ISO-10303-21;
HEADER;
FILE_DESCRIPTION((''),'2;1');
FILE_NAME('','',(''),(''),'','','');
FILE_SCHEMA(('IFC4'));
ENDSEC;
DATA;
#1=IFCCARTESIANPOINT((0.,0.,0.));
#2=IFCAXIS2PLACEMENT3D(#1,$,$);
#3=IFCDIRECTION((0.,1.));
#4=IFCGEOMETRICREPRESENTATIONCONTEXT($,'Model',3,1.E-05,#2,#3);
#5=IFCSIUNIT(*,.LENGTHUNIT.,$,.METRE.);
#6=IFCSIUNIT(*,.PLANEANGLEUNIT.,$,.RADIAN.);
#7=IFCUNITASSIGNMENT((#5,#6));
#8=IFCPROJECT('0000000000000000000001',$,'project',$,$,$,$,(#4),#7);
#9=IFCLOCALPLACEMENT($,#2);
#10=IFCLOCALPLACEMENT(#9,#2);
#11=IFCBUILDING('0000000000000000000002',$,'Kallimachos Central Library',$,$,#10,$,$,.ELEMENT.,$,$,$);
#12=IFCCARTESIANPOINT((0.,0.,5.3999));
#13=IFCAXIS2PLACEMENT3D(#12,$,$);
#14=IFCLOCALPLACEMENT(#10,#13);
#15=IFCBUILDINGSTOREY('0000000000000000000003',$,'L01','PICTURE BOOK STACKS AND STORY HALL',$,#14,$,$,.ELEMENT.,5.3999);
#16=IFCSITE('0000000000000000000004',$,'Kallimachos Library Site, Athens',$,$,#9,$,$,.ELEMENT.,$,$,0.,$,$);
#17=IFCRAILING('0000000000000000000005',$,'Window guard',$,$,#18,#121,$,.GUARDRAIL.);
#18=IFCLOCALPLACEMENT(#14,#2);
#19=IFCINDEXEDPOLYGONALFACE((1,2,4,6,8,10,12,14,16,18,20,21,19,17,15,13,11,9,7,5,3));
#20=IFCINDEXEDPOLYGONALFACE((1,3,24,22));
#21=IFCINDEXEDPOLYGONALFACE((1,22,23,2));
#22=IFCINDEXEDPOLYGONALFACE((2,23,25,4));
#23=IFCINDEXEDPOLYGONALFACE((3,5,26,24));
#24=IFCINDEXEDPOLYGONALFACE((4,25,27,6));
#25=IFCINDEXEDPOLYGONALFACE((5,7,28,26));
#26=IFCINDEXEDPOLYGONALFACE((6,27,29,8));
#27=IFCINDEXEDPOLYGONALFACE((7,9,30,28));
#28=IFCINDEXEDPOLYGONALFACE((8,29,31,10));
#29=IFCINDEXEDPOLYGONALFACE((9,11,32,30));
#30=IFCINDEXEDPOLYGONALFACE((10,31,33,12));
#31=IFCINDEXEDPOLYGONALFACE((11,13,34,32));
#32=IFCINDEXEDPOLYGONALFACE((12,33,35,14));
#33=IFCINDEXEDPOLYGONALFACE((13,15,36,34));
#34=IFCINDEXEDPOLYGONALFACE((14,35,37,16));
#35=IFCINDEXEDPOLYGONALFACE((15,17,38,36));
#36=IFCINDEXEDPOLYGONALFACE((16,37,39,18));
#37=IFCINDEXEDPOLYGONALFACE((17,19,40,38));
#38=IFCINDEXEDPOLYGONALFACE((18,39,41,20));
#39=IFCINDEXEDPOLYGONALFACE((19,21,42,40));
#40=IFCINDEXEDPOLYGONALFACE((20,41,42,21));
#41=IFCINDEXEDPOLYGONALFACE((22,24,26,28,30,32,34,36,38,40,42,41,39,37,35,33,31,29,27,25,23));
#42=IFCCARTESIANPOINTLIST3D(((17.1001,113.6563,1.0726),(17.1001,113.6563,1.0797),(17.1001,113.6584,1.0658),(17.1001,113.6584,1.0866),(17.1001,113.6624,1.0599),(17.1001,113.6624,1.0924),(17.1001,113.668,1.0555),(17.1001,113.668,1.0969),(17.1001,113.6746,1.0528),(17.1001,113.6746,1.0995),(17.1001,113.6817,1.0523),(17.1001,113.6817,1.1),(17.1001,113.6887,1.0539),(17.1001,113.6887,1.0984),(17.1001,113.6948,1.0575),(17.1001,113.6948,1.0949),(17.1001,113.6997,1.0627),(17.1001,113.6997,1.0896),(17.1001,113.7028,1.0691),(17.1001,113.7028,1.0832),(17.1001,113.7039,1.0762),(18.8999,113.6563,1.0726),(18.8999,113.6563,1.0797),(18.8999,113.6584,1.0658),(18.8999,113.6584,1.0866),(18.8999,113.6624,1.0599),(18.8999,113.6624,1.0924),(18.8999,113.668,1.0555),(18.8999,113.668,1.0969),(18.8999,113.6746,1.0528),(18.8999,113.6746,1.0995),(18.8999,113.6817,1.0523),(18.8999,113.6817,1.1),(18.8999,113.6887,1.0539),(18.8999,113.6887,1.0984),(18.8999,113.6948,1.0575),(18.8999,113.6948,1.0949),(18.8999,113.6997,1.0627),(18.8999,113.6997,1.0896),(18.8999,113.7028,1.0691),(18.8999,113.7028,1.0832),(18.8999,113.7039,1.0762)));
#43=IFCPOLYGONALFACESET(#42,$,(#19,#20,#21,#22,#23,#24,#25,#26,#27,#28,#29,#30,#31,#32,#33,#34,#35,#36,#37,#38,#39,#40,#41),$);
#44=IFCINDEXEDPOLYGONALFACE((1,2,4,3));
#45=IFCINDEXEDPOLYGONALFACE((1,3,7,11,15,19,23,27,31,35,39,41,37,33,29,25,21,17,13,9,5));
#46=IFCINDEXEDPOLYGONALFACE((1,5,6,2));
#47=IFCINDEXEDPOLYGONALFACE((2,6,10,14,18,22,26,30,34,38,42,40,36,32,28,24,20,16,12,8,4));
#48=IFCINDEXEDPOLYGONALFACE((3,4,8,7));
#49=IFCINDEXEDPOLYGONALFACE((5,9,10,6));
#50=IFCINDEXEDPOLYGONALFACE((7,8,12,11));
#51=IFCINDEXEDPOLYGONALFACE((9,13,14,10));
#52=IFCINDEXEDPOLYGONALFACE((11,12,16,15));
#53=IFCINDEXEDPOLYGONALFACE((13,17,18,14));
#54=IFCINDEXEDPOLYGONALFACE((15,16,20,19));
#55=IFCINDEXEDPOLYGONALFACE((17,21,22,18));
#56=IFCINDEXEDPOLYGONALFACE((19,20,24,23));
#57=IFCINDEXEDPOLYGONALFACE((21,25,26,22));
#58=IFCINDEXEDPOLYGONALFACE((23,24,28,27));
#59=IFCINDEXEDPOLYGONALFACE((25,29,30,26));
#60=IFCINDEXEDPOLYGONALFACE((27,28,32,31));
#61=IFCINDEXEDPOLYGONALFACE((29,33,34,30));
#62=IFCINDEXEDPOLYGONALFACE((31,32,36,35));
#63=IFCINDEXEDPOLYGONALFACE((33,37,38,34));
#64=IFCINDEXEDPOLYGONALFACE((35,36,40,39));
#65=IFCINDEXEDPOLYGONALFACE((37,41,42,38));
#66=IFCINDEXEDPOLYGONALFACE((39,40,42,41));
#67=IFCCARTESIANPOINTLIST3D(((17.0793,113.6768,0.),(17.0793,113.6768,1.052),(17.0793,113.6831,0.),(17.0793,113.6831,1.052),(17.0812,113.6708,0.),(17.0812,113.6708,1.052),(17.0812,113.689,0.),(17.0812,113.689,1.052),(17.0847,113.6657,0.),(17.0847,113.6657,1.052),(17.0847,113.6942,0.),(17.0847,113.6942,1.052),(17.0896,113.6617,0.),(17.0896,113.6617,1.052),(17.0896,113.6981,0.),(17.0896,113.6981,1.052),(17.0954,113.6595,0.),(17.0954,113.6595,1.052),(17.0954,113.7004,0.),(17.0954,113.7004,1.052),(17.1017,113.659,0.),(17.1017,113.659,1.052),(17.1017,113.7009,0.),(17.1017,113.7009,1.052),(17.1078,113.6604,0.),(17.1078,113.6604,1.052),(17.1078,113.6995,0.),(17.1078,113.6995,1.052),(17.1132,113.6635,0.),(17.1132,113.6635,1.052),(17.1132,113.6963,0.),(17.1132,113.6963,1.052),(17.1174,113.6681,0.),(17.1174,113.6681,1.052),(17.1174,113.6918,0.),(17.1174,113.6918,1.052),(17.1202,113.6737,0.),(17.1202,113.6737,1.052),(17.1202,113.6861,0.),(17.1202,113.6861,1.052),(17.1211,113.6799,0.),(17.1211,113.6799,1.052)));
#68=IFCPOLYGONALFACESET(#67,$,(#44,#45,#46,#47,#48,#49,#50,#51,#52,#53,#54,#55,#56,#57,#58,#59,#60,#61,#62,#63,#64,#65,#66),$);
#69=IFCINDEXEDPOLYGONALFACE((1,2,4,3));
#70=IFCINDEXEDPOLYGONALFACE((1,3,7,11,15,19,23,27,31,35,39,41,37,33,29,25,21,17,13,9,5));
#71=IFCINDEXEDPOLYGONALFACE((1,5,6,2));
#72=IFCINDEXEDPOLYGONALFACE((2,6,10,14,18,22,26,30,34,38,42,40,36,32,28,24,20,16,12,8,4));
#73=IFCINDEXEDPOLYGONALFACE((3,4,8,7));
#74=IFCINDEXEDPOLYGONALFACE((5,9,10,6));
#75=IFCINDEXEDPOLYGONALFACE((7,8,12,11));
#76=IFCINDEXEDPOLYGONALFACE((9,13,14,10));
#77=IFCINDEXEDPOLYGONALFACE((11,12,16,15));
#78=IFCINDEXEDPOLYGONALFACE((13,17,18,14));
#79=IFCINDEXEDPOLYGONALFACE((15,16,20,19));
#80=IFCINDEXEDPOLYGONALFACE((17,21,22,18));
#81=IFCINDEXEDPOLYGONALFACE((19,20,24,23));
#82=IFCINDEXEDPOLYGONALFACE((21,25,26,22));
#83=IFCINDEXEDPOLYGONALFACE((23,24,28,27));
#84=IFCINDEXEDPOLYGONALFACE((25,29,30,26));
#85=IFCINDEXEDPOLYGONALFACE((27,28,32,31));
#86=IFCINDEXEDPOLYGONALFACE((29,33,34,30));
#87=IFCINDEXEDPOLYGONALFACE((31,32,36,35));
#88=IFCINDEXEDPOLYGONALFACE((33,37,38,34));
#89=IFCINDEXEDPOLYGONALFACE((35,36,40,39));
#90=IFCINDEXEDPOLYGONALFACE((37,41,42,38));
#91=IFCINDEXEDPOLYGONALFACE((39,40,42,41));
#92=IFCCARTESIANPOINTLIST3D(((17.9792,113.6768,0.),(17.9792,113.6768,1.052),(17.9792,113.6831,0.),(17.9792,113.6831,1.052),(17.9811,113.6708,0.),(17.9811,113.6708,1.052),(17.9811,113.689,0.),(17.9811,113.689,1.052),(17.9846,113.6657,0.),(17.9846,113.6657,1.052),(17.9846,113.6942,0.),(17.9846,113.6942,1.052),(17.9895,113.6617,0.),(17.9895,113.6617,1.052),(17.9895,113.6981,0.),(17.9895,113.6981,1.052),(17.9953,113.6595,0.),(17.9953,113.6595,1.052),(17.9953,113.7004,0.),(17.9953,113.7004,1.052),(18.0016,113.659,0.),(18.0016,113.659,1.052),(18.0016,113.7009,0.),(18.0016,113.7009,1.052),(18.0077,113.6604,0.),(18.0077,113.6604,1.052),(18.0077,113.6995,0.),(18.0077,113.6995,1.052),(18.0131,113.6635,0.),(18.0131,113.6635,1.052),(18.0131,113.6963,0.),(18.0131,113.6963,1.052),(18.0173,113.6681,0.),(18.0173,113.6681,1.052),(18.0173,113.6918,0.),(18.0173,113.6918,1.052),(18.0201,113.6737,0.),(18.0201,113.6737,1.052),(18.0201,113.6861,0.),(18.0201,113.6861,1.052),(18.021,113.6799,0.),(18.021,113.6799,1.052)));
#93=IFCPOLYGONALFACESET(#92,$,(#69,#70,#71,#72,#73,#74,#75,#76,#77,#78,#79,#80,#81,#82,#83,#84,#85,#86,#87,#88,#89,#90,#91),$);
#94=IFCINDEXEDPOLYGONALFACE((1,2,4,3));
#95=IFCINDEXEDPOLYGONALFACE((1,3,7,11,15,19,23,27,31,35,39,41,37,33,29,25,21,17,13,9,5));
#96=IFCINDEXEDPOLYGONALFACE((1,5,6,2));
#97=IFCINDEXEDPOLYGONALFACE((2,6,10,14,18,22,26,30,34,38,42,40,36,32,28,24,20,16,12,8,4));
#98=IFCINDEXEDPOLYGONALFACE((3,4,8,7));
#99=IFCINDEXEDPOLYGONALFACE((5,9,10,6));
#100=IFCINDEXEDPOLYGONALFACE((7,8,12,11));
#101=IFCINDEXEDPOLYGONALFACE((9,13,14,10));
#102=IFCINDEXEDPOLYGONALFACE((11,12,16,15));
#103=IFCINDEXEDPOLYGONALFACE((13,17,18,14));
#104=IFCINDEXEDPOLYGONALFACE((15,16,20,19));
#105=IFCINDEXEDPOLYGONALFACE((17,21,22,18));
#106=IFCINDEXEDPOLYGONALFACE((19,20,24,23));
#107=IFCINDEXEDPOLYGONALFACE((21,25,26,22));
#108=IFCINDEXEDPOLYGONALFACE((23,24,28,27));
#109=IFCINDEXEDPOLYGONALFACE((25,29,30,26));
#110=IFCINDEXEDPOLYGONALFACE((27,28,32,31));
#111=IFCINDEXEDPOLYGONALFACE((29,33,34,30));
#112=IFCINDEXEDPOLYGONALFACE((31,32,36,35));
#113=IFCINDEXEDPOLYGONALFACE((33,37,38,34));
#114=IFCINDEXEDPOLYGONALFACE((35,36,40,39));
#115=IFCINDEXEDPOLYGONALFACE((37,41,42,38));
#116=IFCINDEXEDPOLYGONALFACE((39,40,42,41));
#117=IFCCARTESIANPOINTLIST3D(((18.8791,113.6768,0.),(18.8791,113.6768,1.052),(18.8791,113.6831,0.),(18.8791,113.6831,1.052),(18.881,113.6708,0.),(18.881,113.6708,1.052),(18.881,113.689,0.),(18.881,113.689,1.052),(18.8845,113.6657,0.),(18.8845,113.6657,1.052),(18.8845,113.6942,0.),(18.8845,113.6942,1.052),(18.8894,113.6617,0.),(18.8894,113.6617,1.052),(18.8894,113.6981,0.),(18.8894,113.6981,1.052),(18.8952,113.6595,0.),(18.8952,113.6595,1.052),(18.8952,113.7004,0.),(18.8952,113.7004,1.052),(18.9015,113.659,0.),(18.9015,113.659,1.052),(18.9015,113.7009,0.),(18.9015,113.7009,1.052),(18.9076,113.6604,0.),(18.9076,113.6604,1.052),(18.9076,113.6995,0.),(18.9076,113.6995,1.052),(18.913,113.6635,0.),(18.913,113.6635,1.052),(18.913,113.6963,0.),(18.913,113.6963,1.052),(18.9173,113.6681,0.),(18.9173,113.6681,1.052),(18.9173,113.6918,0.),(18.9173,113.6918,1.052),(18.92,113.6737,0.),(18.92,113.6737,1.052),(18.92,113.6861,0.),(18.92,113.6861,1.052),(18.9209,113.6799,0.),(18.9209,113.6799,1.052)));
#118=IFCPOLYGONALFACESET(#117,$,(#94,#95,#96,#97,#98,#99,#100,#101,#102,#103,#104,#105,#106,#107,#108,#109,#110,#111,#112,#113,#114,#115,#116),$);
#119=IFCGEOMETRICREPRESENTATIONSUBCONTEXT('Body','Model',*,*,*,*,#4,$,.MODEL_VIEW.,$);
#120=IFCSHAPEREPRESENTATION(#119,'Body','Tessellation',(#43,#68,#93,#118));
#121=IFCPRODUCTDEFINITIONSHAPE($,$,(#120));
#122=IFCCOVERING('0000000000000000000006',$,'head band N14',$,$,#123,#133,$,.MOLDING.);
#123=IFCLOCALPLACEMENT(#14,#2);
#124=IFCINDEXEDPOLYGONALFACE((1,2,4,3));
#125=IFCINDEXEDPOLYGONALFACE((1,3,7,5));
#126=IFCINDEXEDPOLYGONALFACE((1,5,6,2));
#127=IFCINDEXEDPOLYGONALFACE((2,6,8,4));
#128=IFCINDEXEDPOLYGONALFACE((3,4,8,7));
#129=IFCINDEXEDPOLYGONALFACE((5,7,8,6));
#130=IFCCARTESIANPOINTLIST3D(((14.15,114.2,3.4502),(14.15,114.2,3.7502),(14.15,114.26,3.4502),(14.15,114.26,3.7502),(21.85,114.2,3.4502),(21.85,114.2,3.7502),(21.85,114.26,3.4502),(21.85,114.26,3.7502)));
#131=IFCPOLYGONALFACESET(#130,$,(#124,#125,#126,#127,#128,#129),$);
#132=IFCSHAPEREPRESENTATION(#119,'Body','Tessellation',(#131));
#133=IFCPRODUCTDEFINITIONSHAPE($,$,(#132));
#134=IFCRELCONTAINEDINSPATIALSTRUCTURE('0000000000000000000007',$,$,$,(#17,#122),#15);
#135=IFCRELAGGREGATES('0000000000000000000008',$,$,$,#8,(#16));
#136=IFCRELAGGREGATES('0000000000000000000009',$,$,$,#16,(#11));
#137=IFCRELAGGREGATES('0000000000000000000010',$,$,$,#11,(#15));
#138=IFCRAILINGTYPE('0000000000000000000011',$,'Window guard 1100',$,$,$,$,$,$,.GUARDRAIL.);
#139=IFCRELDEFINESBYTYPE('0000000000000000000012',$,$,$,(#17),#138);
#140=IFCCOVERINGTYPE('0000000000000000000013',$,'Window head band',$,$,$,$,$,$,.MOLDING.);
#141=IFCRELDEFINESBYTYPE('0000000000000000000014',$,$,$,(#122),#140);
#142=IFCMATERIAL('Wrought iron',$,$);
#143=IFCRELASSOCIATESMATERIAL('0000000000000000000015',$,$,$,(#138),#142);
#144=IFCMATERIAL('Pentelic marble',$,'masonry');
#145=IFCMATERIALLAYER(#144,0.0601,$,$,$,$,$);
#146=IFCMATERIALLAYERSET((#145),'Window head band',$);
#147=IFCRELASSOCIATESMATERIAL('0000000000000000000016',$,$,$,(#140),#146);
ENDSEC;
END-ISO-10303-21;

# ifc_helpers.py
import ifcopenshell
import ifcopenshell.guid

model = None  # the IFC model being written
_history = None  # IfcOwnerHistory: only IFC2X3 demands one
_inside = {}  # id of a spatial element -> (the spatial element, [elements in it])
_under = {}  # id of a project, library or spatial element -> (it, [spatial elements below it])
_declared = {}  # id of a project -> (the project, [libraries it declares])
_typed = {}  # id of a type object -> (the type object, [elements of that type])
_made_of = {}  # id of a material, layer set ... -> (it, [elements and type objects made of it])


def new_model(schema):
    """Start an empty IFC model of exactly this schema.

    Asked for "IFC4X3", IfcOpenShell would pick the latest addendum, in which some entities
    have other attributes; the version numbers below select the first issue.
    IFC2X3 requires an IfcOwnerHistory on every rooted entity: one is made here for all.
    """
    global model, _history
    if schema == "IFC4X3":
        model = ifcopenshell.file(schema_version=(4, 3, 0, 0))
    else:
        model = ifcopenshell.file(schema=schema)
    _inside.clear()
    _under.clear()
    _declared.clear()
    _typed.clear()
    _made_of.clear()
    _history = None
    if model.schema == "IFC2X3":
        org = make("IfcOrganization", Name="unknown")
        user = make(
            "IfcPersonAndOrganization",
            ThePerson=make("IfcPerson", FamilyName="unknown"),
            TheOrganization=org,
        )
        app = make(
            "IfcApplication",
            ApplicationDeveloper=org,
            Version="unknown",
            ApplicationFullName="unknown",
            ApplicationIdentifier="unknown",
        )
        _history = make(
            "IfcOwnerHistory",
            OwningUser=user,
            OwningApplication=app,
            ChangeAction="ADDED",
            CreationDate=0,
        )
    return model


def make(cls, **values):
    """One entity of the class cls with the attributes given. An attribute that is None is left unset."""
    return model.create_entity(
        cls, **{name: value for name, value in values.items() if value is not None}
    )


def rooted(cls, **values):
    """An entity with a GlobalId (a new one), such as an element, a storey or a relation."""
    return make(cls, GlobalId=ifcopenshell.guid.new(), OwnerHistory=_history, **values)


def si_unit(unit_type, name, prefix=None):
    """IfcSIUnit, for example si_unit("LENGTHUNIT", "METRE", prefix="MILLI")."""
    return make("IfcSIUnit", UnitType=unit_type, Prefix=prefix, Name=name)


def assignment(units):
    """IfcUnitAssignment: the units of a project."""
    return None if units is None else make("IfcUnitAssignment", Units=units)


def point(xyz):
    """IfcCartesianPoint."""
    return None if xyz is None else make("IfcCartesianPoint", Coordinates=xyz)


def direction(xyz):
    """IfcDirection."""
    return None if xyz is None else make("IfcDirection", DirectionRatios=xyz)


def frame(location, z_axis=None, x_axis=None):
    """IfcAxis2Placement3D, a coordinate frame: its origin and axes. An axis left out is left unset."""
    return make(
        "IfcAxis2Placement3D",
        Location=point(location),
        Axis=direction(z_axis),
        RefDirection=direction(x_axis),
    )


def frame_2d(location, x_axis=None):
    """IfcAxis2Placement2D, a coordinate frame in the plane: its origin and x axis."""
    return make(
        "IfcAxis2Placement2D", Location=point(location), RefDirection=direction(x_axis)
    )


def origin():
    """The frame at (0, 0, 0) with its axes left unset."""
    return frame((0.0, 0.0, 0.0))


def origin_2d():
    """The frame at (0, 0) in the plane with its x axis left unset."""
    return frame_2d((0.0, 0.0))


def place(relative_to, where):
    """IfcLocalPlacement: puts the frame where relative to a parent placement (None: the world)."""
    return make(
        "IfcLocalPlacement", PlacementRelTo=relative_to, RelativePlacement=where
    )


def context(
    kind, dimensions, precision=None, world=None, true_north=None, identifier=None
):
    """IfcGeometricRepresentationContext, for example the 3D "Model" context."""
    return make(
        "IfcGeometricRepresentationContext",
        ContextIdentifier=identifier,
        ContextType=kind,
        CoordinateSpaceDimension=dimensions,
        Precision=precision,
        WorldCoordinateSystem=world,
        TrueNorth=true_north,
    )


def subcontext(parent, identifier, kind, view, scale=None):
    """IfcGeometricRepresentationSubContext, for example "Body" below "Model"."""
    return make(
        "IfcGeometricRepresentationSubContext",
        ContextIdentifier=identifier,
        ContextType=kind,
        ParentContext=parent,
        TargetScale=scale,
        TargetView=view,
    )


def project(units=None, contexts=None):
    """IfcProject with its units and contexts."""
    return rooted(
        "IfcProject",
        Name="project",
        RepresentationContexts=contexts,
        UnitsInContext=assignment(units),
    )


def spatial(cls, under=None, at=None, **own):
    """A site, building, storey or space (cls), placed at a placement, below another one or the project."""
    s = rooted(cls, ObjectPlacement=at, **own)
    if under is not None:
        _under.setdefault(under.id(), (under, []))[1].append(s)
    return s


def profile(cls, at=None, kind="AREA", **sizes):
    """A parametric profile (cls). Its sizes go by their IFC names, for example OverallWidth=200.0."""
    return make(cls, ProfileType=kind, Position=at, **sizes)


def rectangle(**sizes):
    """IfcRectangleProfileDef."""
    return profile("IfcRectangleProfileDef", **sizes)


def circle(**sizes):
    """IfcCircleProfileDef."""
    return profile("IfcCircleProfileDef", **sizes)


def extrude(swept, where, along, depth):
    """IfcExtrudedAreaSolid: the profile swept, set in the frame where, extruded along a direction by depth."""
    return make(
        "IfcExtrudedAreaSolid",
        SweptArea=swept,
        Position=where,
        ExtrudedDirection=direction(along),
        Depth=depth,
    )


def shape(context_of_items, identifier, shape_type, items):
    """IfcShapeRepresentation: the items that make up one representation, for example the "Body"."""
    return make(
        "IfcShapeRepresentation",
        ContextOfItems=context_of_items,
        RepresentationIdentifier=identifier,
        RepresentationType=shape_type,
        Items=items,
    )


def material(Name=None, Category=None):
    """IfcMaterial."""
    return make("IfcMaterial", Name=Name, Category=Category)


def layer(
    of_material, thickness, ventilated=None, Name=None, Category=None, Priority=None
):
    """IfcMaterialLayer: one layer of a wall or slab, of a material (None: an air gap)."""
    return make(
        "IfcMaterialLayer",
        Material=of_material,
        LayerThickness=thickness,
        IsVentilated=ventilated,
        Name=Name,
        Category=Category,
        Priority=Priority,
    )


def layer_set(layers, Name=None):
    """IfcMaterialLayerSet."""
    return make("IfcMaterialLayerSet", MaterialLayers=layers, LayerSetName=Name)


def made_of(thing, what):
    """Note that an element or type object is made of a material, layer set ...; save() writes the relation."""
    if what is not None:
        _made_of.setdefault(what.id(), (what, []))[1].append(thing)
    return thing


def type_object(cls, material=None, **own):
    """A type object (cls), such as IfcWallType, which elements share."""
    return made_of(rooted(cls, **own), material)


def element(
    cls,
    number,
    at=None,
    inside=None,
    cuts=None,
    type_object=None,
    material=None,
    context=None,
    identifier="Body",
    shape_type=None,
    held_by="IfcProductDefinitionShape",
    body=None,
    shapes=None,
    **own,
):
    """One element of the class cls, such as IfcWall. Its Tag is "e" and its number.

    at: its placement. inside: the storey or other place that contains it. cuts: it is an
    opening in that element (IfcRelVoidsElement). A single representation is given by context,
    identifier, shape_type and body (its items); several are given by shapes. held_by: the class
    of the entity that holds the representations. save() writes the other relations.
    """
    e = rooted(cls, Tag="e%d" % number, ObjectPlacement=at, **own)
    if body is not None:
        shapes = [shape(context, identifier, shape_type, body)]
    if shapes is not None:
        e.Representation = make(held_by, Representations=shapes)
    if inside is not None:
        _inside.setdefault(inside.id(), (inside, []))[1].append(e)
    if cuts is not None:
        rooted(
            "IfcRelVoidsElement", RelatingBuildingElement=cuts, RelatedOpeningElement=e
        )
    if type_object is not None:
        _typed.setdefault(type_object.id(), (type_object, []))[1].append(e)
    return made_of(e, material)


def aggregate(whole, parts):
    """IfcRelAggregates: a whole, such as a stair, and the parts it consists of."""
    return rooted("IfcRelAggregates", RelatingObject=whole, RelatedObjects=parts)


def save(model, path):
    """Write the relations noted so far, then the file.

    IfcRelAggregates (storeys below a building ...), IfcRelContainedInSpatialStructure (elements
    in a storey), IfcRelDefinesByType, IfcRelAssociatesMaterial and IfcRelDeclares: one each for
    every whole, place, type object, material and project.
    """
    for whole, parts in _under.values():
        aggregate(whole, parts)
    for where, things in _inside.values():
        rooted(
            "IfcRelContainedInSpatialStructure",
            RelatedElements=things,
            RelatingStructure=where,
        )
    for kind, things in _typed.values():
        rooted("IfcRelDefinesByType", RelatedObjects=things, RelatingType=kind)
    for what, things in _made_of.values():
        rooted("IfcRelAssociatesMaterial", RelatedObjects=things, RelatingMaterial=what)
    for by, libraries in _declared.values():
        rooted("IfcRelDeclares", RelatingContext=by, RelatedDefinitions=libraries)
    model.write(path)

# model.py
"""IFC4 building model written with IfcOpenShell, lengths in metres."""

from ifc_helpers import new_model, si_unit, direction, frame, origin, origin_2d, place, context, subcontext, project, spatial, rectangle, circle, extrude, material, layer, layer_set, type_object, element, save


model = new_model("IFC4")

# Units and contexts
model_context = context("Model", 3, precision=1e-05, world=origin(), true_north=direction((0.0, 1.0)))
body_context = subcontext(model_context, "Body", "Model", "MODEL_VIEW")
ifc_project = project(units=[si_unit("LENGTHUNIT", "METRE"), si_unit("PLANEANGLEUNIT", "RADIAN")], contexts=[model_context])

# Site, building, storey
site_placement = place(None, origin())
site = spatial("IfcSite", under=ifc_project, at=site_placement, Name="Kallimachos Library Site, Athens", CompositionType="ELEMENT", RefElevation=0.0)
building_placement = place(site_placement, origin())
building = spatial("IfcBuilding", under=site, at=building_placement, Name="Kallimachos Central Library", CompositionType="ELEMENT")
storey_placement = place(building_placement, frame((0.0, 0.0, 5.3999)))
storey = spatial("IfcBuildingStorey", under=building, at=storey_placement, Name="L01", Description="PICTURE BOOK STACKS AND STORY HALL", CompositionType="ELEMENT", Elevation=5.3999)

# Railing
ifc_material_1 = material(Name="Wrought iron")
railing_type = type_object("IfcRailingType", Name="Window guard 1100", PredefinedType="GUARDRAIL", material=ifc_material_1)
for number, where, name in (
    (1, (17.1001, 113.6799, 0.0), "Window guard"),
):
    element("IfcRailing", number, at=place(storey_placement, frame(where)), inside=storey, type_object=railing_type, Name=name, PredefinedType="GUARDRAIL", context=body_context, shape_type="SweptSolid", body=[
        extrude(circle(Radius=0.0239, at=origin_2d()), frame((0.0, 0.0, 1.0762), z_axis=(1.0, 0.0, 0.0), x_axis=(0.0, 1.0, 0.0)), (0.0, 0.0, 1.0), 1.7998),
        extrude(circle(Radius=0.021, at=origin_2d()), origin(), (0.0, 0.0, 1.0), 1.052),
        extrude(circle(Radius=0.021, at=origin_2d()), frame((0.8999, 0.0, 0.0)), (0.0, 0.0, 1.0), 1.052),
        extrude(circle(Radius=0.021, at=origin_2d()), frame((1.7998, 0.0, 0.0)), (0.0, 0.0, 1.0), 1.052),
    ])

# Covering
ifc_material_2 = material(Name="Pentelic marble", Category="masonry")
ifc_layer_1 = layer(ifc_material_2, 0.0601)
ifc_layer_set_1 = layer_set([ifc_layer_1], Name="Window head band")
covering_type_1 = type_object("IfcCoveringType", Name="Window head band", PredefinedType="MOLDING", material=ifc_layer_set_1)
covering_1_placement = place(storey_placement, frame((18.0, 114.23, 3.4502), z_axis=(0.0, 0.0, 1.0), x_axis=(1.0, 0.0, 0.0)))
element("IfcCovering", 2, at=covering_1_placement, inside=storey, type_object=covering_type_1, Name="head band N14", PredefinedType="MOLDING", context=body_context, shape_type="SweptSolid", body=[
    extrude(rectangle(XDim=7.7, YDim=0.0601, at=origin_2d()), origin(), (0.0, 0.0, 1.0), 0.3),
])

save(model, "model.ifc")
